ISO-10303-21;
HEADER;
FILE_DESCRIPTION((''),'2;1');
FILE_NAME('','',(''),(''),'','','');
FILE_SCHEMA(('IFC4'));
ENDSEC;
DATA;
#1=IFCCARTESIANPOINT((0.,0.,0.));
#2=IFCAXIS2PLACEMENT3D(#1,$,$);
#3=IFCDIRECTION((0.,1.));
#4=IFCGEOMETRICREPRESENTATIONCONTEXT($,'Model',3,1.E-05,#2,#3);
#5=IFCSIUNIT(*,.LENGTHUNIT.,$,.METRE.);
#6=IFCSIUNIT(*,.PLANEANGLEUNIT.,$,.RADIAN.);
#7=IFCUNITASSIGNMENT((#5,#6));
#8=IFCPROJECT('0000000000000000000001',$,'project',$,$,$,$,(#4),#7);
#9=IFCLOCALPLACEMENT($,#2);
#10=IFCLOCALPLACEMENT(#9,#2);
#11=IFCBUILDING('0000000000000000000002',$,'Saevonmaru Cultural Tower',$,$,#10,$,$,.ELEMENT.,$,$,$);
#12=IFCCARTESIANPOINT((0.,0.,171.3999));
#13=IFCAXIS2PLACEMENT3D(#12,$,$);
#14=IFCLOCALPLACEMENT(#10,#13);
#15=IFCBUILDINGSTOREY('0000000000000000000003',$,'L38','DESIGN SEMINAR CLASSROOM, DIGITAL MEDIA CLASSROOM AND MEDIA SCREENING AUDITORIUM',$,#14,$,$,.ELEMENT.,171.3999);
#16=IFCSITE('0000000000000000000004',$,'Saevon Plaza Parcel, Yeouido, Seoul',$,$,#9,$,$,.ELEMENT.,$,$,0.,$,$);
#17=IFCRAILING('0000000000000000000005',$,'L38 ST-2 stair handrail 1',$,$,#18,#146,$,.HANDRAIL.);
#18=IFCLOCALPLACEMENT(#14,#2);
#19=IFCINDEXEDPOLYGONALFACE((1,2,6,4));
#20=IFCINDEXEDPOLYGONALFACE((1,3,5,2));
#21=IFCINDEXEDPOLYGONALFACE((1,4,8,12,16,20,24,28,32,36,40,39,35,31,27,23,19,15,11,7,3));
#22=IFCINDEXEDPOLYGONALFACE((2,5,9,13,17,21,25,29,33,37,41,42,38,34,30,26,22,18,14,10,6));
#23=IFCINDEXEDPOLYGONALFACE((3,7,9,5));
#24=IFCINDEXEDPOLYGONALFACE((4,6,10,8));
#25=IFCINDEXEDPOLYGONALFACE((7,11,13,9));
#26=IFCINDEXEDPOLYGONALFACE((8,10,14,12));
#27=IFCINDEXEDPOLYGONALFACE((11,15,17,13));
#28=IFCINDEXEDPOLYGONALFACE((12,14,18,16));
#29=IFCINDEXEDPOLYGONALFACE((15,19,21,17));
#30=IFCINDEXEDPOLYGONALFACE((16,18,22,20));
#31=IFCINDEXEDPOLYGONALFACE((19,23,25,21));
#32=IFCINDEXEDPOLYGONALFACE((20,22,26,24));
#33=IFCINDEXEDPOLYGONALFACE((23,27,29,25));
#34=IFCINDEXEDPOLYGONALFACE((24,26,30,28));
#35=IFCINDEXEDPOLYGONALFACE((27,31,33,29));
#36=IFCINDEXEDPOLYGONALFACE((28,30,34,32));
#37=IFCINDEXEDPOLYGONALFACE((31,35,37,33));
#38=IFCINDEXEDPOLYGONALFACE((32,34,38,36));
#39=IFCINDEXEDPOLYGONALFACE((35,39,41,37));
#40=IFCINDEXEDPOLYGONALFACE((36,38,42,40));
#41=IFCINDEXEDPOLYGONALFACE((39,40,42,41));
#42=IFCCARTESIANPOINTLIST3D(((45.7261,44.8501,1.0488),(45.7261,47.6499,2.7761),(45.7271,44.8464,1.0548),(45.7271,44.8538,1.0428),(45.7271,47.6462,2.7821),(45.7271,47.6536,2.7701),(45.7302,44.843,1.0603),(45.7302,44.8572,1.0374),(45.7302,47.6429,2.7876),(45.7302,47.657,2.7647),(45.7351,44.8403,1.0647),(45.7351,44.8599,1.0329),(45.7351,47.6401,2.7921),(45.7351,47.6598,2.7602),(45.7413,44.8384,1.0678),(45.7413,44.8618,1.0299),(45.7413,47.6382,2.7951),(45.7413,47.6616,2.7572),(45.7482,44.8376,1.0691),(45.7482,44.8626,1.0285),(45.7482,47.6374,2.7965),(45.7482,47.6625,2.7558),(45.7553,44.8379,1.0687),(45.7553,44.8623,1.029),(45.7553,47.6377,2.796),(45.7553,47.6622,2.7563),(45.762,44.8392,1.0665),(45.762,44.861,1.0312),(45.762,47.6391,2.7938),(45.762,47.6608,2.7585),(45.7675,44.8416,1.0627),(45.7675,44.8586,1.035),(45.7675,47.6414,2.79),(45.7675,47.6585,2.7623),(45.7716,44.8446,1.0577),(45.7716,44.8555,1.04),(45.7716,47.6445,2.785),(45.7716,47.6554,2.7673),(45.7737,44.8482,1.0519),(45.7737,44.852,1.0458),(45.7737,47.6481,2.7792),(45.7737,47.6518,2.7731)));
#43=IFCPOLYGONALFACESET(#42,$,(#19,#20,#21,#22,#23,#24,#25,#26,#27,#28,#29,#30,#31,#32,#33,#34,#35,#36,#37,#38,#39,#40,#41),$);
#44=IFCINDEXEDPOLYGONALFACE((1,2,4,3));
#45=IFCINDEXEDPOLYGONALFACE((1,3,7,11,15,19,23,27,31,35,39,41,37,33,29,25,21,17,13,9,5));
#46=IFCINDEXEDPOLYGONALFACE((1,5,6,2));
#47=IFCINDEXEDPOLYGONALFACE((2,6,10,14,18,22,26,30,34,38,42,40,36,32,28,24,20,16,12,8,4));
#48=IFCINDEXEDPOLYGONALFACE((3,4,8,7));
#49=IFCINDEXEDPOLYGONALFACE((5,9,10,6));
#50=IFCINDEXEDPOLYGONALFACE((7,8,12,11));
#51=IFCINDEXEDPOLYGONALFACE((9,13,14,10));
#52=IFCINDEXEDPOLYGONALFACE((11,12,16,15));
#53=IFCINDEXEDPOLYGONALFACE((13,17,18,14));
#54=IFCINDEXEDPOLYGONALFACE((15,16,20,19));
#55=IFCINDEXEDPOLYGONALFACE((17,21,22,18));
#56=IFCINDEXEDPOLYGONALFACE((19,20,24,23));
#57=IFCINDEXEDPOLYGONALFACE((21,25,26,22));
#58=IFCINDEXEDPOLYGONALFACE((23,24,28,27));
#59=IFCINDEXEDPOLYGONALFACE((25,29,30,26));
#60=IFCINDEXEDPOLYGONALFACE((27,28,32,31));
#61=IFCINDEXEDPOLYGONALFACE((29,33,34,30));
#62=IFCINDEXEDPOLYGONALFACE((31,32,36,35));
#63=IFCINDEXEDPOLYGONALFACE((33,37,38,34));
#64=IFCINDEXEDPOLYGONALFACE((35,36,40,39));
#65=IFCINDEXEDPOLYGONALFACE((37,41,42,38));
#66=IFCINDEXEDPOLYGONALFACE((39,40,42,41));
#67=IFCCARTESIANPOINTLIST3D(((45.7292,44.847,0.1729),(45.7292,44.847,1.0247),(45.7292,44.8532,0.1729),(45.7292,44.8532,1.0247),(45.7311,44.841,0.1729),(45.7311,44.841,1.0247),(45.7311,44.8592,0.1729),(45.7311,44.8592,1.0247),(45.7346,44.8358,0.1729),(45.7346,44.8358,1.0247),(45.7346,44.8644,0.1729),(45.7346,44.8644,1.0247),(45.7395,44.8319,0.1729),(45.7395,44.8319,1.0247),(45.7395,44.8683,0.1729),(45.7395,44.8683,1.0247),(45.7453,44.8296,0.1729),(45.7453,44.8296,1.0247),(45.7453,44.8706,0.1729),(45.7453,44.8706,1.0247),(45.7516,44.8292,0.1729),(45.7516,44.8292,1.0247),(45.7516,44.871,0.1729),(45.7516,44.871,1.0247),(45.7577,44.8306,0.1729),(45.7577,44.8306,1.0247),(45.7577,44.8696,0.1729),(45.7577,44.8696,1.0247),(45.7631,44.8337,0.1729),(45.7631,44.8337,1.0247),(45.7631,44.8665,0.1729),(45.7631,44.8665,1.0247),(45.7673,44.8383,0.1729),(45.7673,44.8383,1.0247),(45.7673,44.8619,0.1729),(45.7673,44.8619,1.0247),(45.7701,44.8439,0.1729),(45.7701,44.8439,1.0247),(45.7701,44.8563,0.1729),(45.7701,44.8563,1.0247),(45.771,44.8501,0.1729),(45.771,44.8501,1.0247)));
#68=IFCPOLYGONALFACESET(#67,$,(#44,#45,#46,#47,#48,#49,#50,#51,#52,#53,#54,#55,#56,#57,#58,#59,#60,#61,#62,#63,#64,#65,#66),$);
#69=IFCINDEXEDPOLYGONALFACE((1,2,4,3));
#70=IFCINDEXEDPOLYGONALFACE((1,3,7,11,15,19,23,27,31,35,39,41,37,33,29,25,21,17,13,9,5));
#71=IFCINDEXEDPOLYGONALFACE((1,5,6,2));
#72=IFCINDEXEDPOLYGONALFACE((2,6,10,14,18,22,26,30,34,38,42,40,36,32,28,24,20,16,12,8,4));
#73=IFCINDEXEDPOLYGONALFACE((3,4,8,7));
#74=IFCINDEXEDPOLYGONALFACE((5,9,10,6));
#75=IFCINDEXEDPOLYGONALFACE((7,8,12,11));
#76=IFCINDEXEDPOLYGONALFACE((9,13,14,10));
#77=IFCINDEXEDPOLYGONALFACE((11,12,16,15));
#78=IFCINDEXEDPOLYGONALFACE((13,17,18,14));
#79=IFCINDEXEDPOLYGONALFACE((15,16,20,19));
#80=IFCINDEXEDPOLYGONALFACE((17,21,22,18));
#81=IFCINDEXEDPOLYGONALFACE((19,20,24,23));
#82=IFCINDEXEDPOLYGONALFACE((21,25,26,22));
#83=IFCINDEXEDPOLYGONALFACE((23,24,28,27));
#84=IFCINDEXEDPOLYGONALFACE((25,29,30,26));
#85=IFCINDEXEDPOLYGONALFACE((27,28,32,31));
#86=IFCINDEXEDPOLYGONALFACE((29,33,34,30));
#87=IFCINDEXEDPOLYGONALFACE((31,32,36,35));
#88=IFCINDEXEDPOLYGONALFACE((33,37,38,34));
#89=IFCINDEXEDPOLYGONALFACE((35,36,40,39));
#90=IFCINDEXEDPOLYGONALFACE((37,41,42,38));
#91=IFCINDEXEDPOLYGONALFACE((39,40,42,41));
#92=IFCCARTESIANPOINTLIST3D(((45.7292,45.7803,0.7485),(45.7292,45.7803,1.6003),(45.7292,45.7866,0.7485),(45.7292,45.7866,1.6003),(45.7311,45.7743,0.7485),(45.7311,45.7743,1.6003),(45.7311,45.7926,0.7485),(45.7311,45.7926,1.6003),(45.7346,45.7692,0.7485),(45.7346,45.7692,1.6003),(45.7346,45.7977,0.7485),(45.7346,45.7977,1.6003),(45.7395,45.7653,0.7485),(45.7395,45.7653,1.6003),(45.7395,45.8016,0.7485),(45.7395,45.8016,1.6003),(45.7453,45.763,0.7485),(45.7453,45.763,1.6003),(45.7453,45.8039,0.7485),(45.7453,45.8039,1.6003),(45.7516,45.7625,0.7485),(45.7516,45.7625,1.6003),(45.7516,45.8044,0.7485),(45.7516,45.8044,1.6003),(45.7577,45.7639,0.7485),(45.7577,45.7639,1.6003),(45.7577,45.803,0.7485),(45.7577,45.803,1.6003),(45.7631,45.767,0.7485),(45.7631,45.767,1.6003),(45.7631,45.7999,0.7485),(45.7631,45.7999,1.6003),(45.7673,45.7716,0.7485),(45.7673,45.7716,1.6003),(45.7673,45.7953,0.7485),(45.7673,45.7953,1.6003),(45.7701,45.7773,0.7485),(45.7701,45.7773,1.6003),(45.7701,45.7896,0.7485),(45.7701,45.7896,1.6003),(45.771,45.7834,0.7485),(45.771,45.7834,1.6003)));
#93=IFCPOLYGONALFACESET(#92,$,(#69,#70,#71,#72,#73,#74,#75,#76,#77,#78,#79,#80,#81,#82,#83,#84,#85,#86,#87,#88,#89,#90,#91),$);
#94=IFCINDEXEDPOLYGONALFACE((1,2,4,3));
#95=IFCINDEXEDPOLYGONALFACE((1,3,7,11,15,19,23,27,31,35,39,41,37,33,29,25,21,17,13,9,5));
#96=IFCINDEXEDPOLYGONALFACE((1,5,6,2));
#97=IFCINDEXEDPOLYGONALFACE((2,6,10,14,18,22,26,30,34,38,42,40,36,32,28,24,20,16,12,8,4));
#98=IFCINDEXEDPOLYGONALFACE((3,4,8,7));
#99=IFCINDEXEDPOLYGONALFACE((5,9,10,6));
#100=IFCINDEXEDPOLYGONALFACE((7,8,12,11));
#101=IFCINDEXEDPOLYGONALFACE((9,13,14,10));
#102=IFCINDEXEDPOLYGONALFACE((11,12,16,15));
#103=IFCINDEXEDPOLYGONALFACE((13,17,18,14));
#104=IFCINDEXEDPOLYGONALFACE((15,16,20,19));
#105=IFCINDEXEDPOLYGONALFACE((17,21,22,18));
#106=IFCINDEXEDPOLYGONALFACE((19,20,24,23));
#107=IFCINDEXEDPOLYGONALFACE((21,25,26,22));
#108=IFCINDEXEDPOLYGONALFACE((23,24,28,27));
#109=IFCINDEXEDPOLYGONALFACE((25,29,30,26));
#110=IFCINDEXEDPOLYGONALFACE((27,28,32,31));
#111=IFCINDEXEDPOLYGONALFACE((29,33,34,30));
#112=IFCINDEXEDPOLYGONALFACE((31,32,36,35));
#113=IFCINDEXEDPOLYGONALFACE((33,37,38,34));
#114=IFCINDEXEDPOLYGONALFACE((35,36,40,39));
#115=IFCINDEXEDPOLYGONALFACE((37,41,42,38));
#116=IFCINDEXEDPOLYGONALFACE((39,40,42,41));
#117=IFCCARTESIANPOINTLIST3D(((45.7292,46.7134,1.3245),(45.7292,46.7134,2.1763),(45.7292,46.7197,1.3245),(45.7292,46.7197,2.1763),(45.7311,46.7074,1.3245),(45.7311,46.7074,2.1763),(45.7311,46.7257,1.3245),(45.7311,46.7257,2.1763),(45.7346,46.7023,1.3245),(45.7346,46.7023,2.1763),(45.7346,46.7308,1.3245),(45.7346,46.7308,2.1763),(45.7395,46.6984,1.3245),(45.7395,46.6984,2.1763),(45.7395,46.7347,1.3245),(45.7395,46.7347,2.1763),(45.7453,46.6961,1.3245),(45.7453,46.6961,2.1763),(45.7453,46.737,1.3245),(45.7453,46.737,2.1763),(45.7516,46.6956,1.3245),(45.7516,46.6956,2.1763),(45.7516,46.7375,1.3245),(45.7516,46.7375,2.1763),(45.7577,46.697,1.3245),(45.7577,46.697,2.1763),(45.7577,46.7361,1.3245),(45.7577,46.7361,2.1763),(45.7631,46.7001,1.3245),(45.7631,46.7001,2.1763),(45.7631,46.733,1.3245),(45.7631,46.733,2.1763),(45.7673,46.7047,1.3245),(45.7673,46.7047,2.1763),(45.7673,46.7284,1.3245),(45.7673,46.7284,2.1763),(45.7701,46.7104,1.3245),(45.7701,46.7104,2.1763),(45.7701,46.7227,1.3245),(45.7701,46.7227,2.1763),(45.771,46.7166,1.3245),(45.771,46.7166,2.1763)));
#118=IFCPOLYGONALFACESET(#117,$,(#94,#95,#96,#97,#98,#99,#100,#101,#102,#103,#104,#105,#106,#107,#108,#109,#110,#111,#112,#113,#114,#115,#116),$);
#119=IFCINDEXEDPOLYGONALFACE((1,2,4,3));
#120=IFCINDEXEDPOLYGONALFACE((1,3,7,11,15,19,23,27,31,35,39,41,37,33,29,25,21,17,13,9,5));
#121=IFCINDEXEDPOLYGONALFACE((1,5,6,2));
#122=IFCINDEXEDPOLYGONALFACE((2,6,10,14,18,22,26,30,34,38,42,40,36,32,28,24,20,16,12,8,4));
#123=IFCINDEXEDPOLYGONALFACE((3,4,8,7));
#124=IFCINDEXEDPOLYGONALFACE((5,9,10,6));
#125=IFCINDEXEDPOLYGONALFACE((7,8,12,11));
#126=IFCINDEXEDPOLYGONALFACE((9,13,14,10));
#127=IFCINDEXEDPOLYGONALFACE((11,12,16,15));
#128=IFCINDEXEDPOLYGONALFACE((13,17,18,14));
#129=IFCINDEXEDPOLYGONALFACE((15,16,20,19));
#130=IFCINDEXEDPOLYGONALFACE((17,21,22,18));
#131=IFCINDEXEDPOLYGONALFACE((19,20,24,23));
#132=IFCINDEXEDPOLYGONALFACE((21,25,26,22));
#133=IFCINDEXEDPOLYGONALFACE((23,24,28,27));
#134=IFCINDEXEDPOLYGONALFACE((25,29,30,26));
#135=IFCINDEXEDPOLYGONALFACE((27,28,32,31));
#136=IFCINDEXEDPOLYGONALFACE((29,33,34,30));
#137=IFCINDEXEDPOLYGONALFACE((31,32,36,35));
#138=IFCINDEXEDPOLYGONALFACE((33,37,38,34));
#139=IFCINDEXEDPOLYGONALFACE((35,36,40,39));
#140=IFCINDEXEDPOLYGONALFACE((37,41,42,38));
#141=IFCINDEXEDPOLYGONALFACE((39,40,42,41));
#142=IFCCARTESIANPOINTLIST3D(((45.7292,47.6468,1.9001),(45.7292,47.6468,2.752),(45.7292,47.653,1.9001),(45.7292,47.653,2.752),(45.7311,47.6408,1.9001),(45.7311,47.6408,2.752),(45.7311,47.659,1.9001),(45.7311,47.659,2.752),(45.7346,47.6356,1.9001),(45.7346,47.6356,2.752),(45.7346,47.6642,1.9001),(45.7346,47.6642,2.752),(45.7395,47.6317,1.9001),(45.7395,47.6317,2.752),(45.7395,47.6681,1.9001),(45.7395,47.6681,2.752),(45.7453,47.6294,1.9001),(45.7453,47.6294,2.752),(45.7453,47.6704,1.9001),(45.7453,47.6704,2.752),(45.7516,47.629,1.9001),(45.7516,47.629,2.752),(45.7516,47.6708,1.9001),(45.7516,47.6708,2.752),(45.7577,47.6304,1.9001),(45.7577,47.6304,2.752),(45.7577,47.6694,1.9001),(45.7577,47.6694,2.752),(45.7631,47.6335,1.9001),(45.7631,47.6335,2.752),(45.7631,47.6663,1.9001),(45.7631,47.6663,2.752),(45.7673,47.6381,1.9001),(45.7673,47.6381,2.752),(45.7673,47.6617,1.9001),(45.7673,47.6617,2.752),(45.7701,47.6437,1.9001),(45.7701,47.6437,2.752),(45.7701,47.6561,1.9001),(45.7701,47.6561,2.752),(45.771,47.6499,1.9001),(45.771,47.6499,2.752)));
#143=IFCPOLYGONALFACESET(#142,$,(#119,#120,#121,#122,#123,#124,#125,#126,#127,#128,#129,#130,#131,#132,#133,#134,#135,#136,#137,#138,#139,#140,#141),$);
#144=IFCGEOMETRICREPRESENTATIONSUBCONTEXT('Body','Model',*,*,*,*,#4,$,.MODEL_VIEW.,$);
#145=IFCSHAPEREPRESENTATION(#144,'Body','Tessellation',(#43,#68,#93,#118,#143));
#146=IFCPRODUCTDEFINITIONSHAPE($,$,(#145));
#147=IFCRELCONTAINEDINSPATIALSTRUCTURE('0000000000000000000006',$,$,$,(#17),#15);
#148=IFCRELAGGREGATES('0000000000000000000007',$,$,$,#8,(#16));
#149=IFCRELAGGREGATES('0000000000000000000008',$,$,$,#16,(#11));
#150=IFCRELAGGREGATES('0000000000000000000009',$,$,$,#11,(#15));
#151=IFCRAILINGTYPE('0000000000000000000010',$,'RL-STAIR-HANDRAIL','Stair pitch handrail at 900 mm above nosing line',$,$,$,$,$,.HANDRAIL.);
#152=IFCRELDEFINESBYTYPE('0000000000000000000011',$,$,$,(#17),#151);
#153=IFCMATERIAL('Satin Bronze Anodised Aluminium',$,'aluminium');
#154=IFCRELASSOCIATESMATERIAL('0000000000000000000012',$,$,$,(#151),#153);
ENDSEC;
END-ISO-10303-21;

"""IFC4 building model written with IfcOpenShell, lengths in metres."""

from ifc_helpers import new_model, si_unit, direction, frame, origin, origin_2d, place, context, subcontext, project, spatial, circle, extrude, material, type_object, element, save


model = new_model("IFC4")

# Units and contexts
model_context = context("Model", 3, precision=1e-05, world=origin(), true_north=direction((0.0, 1.0)))
body_context = subcontext(model_context, "Body", "Model", "MODEL_VIEW")
ifc_project = project(units=[si_unit("LENGTHUNIT", "METRE"), si_unit("PLANEANGLEUNIT", "RADIAN")], contexts=[model_context])

# Site, building, storey
site_placement = place(None, origin())
site = spatial("IfcSite", under=ifc_project, at=site_placement, Name="Saevon Plaza Parcel, Yeouido, Seoul", CompositionType="ELEMENT", RefElevation=0.0)
building_placement = place(site_placement, origin())
building = spatial("IfcBuilding", under=site, at=building_placement, Name="Saevonmaru Cultural Tower", CompositionType="ELEMENT")
storey_placement = place(building_placement, frame((0.0, 0.0, 171.3999)))
storey = spatial("IfcBuildingStorey", under=building, at=storey_placement, Name="L38", Description="DESIGN SEMINAR CLASSROOM, DIGITAL MEDIA CLASSROOM AND MEDIA SCREENING AUDITORIUM", CompositionType="ELEMENT", Elevation=171.3999)

# Shared definitions
ifc_material_1 = material(Name="Satin Bronze Anodised Aluminium", Category="aluminium")

# Railing
railing_type_1 = type_object("IfcRailingType", Name="RL-STAIR-HANDRAIL", Description="Stair pitch handrail at 900 mm above nosing line", PredefinedType="HANDRAIL", material=ifc_material_1)
railing_1_placement = place(storey_placement, frame((45.75, 44.8501, 0.1729)))
element("IfcRailing", 1, at=railing_1_placement, inside=storey, type_object=railing_type_1, Name="L38 ST-2 stair handrail 1", PredefinedType="HANDRAIL", context=body_context, shape_type="SweptSolid", body=[
    extrude(circle(Radius=0.0239, at=origin_2d()), frame((0.0, 0.0, 0.876), z_axis=(0.0, 0.851069, 0.525054), x_axis=(-1.0, 0.0, 0.0)), (0.0, 0.0, 1.0), 3.2898),
    extrude(circle(Radius=0.021, at=origin_2d()), origin(), (0.0, 0.0, 1.0), 0.8518),
    extrude(circle(Radius=0.021, at=origin_2d()), frame((0.0, 0.9333, 0.5757)), (0.0, 0.0, 1.0), 0.8518),
    extrude(circle(Radius=0.021, at=origin_2d()), frame((0.0, 1.8665, 1.1516)), (0.0, 0.0, 1.0), 0.8518),
    extrude(circle(Radius=0.021, at=origin_2d()), frame((0.0, 2.7998, 1.7273)), (0.0, 0.0, 1.0), 0.8518),
])

save(model, "model.ifc")
